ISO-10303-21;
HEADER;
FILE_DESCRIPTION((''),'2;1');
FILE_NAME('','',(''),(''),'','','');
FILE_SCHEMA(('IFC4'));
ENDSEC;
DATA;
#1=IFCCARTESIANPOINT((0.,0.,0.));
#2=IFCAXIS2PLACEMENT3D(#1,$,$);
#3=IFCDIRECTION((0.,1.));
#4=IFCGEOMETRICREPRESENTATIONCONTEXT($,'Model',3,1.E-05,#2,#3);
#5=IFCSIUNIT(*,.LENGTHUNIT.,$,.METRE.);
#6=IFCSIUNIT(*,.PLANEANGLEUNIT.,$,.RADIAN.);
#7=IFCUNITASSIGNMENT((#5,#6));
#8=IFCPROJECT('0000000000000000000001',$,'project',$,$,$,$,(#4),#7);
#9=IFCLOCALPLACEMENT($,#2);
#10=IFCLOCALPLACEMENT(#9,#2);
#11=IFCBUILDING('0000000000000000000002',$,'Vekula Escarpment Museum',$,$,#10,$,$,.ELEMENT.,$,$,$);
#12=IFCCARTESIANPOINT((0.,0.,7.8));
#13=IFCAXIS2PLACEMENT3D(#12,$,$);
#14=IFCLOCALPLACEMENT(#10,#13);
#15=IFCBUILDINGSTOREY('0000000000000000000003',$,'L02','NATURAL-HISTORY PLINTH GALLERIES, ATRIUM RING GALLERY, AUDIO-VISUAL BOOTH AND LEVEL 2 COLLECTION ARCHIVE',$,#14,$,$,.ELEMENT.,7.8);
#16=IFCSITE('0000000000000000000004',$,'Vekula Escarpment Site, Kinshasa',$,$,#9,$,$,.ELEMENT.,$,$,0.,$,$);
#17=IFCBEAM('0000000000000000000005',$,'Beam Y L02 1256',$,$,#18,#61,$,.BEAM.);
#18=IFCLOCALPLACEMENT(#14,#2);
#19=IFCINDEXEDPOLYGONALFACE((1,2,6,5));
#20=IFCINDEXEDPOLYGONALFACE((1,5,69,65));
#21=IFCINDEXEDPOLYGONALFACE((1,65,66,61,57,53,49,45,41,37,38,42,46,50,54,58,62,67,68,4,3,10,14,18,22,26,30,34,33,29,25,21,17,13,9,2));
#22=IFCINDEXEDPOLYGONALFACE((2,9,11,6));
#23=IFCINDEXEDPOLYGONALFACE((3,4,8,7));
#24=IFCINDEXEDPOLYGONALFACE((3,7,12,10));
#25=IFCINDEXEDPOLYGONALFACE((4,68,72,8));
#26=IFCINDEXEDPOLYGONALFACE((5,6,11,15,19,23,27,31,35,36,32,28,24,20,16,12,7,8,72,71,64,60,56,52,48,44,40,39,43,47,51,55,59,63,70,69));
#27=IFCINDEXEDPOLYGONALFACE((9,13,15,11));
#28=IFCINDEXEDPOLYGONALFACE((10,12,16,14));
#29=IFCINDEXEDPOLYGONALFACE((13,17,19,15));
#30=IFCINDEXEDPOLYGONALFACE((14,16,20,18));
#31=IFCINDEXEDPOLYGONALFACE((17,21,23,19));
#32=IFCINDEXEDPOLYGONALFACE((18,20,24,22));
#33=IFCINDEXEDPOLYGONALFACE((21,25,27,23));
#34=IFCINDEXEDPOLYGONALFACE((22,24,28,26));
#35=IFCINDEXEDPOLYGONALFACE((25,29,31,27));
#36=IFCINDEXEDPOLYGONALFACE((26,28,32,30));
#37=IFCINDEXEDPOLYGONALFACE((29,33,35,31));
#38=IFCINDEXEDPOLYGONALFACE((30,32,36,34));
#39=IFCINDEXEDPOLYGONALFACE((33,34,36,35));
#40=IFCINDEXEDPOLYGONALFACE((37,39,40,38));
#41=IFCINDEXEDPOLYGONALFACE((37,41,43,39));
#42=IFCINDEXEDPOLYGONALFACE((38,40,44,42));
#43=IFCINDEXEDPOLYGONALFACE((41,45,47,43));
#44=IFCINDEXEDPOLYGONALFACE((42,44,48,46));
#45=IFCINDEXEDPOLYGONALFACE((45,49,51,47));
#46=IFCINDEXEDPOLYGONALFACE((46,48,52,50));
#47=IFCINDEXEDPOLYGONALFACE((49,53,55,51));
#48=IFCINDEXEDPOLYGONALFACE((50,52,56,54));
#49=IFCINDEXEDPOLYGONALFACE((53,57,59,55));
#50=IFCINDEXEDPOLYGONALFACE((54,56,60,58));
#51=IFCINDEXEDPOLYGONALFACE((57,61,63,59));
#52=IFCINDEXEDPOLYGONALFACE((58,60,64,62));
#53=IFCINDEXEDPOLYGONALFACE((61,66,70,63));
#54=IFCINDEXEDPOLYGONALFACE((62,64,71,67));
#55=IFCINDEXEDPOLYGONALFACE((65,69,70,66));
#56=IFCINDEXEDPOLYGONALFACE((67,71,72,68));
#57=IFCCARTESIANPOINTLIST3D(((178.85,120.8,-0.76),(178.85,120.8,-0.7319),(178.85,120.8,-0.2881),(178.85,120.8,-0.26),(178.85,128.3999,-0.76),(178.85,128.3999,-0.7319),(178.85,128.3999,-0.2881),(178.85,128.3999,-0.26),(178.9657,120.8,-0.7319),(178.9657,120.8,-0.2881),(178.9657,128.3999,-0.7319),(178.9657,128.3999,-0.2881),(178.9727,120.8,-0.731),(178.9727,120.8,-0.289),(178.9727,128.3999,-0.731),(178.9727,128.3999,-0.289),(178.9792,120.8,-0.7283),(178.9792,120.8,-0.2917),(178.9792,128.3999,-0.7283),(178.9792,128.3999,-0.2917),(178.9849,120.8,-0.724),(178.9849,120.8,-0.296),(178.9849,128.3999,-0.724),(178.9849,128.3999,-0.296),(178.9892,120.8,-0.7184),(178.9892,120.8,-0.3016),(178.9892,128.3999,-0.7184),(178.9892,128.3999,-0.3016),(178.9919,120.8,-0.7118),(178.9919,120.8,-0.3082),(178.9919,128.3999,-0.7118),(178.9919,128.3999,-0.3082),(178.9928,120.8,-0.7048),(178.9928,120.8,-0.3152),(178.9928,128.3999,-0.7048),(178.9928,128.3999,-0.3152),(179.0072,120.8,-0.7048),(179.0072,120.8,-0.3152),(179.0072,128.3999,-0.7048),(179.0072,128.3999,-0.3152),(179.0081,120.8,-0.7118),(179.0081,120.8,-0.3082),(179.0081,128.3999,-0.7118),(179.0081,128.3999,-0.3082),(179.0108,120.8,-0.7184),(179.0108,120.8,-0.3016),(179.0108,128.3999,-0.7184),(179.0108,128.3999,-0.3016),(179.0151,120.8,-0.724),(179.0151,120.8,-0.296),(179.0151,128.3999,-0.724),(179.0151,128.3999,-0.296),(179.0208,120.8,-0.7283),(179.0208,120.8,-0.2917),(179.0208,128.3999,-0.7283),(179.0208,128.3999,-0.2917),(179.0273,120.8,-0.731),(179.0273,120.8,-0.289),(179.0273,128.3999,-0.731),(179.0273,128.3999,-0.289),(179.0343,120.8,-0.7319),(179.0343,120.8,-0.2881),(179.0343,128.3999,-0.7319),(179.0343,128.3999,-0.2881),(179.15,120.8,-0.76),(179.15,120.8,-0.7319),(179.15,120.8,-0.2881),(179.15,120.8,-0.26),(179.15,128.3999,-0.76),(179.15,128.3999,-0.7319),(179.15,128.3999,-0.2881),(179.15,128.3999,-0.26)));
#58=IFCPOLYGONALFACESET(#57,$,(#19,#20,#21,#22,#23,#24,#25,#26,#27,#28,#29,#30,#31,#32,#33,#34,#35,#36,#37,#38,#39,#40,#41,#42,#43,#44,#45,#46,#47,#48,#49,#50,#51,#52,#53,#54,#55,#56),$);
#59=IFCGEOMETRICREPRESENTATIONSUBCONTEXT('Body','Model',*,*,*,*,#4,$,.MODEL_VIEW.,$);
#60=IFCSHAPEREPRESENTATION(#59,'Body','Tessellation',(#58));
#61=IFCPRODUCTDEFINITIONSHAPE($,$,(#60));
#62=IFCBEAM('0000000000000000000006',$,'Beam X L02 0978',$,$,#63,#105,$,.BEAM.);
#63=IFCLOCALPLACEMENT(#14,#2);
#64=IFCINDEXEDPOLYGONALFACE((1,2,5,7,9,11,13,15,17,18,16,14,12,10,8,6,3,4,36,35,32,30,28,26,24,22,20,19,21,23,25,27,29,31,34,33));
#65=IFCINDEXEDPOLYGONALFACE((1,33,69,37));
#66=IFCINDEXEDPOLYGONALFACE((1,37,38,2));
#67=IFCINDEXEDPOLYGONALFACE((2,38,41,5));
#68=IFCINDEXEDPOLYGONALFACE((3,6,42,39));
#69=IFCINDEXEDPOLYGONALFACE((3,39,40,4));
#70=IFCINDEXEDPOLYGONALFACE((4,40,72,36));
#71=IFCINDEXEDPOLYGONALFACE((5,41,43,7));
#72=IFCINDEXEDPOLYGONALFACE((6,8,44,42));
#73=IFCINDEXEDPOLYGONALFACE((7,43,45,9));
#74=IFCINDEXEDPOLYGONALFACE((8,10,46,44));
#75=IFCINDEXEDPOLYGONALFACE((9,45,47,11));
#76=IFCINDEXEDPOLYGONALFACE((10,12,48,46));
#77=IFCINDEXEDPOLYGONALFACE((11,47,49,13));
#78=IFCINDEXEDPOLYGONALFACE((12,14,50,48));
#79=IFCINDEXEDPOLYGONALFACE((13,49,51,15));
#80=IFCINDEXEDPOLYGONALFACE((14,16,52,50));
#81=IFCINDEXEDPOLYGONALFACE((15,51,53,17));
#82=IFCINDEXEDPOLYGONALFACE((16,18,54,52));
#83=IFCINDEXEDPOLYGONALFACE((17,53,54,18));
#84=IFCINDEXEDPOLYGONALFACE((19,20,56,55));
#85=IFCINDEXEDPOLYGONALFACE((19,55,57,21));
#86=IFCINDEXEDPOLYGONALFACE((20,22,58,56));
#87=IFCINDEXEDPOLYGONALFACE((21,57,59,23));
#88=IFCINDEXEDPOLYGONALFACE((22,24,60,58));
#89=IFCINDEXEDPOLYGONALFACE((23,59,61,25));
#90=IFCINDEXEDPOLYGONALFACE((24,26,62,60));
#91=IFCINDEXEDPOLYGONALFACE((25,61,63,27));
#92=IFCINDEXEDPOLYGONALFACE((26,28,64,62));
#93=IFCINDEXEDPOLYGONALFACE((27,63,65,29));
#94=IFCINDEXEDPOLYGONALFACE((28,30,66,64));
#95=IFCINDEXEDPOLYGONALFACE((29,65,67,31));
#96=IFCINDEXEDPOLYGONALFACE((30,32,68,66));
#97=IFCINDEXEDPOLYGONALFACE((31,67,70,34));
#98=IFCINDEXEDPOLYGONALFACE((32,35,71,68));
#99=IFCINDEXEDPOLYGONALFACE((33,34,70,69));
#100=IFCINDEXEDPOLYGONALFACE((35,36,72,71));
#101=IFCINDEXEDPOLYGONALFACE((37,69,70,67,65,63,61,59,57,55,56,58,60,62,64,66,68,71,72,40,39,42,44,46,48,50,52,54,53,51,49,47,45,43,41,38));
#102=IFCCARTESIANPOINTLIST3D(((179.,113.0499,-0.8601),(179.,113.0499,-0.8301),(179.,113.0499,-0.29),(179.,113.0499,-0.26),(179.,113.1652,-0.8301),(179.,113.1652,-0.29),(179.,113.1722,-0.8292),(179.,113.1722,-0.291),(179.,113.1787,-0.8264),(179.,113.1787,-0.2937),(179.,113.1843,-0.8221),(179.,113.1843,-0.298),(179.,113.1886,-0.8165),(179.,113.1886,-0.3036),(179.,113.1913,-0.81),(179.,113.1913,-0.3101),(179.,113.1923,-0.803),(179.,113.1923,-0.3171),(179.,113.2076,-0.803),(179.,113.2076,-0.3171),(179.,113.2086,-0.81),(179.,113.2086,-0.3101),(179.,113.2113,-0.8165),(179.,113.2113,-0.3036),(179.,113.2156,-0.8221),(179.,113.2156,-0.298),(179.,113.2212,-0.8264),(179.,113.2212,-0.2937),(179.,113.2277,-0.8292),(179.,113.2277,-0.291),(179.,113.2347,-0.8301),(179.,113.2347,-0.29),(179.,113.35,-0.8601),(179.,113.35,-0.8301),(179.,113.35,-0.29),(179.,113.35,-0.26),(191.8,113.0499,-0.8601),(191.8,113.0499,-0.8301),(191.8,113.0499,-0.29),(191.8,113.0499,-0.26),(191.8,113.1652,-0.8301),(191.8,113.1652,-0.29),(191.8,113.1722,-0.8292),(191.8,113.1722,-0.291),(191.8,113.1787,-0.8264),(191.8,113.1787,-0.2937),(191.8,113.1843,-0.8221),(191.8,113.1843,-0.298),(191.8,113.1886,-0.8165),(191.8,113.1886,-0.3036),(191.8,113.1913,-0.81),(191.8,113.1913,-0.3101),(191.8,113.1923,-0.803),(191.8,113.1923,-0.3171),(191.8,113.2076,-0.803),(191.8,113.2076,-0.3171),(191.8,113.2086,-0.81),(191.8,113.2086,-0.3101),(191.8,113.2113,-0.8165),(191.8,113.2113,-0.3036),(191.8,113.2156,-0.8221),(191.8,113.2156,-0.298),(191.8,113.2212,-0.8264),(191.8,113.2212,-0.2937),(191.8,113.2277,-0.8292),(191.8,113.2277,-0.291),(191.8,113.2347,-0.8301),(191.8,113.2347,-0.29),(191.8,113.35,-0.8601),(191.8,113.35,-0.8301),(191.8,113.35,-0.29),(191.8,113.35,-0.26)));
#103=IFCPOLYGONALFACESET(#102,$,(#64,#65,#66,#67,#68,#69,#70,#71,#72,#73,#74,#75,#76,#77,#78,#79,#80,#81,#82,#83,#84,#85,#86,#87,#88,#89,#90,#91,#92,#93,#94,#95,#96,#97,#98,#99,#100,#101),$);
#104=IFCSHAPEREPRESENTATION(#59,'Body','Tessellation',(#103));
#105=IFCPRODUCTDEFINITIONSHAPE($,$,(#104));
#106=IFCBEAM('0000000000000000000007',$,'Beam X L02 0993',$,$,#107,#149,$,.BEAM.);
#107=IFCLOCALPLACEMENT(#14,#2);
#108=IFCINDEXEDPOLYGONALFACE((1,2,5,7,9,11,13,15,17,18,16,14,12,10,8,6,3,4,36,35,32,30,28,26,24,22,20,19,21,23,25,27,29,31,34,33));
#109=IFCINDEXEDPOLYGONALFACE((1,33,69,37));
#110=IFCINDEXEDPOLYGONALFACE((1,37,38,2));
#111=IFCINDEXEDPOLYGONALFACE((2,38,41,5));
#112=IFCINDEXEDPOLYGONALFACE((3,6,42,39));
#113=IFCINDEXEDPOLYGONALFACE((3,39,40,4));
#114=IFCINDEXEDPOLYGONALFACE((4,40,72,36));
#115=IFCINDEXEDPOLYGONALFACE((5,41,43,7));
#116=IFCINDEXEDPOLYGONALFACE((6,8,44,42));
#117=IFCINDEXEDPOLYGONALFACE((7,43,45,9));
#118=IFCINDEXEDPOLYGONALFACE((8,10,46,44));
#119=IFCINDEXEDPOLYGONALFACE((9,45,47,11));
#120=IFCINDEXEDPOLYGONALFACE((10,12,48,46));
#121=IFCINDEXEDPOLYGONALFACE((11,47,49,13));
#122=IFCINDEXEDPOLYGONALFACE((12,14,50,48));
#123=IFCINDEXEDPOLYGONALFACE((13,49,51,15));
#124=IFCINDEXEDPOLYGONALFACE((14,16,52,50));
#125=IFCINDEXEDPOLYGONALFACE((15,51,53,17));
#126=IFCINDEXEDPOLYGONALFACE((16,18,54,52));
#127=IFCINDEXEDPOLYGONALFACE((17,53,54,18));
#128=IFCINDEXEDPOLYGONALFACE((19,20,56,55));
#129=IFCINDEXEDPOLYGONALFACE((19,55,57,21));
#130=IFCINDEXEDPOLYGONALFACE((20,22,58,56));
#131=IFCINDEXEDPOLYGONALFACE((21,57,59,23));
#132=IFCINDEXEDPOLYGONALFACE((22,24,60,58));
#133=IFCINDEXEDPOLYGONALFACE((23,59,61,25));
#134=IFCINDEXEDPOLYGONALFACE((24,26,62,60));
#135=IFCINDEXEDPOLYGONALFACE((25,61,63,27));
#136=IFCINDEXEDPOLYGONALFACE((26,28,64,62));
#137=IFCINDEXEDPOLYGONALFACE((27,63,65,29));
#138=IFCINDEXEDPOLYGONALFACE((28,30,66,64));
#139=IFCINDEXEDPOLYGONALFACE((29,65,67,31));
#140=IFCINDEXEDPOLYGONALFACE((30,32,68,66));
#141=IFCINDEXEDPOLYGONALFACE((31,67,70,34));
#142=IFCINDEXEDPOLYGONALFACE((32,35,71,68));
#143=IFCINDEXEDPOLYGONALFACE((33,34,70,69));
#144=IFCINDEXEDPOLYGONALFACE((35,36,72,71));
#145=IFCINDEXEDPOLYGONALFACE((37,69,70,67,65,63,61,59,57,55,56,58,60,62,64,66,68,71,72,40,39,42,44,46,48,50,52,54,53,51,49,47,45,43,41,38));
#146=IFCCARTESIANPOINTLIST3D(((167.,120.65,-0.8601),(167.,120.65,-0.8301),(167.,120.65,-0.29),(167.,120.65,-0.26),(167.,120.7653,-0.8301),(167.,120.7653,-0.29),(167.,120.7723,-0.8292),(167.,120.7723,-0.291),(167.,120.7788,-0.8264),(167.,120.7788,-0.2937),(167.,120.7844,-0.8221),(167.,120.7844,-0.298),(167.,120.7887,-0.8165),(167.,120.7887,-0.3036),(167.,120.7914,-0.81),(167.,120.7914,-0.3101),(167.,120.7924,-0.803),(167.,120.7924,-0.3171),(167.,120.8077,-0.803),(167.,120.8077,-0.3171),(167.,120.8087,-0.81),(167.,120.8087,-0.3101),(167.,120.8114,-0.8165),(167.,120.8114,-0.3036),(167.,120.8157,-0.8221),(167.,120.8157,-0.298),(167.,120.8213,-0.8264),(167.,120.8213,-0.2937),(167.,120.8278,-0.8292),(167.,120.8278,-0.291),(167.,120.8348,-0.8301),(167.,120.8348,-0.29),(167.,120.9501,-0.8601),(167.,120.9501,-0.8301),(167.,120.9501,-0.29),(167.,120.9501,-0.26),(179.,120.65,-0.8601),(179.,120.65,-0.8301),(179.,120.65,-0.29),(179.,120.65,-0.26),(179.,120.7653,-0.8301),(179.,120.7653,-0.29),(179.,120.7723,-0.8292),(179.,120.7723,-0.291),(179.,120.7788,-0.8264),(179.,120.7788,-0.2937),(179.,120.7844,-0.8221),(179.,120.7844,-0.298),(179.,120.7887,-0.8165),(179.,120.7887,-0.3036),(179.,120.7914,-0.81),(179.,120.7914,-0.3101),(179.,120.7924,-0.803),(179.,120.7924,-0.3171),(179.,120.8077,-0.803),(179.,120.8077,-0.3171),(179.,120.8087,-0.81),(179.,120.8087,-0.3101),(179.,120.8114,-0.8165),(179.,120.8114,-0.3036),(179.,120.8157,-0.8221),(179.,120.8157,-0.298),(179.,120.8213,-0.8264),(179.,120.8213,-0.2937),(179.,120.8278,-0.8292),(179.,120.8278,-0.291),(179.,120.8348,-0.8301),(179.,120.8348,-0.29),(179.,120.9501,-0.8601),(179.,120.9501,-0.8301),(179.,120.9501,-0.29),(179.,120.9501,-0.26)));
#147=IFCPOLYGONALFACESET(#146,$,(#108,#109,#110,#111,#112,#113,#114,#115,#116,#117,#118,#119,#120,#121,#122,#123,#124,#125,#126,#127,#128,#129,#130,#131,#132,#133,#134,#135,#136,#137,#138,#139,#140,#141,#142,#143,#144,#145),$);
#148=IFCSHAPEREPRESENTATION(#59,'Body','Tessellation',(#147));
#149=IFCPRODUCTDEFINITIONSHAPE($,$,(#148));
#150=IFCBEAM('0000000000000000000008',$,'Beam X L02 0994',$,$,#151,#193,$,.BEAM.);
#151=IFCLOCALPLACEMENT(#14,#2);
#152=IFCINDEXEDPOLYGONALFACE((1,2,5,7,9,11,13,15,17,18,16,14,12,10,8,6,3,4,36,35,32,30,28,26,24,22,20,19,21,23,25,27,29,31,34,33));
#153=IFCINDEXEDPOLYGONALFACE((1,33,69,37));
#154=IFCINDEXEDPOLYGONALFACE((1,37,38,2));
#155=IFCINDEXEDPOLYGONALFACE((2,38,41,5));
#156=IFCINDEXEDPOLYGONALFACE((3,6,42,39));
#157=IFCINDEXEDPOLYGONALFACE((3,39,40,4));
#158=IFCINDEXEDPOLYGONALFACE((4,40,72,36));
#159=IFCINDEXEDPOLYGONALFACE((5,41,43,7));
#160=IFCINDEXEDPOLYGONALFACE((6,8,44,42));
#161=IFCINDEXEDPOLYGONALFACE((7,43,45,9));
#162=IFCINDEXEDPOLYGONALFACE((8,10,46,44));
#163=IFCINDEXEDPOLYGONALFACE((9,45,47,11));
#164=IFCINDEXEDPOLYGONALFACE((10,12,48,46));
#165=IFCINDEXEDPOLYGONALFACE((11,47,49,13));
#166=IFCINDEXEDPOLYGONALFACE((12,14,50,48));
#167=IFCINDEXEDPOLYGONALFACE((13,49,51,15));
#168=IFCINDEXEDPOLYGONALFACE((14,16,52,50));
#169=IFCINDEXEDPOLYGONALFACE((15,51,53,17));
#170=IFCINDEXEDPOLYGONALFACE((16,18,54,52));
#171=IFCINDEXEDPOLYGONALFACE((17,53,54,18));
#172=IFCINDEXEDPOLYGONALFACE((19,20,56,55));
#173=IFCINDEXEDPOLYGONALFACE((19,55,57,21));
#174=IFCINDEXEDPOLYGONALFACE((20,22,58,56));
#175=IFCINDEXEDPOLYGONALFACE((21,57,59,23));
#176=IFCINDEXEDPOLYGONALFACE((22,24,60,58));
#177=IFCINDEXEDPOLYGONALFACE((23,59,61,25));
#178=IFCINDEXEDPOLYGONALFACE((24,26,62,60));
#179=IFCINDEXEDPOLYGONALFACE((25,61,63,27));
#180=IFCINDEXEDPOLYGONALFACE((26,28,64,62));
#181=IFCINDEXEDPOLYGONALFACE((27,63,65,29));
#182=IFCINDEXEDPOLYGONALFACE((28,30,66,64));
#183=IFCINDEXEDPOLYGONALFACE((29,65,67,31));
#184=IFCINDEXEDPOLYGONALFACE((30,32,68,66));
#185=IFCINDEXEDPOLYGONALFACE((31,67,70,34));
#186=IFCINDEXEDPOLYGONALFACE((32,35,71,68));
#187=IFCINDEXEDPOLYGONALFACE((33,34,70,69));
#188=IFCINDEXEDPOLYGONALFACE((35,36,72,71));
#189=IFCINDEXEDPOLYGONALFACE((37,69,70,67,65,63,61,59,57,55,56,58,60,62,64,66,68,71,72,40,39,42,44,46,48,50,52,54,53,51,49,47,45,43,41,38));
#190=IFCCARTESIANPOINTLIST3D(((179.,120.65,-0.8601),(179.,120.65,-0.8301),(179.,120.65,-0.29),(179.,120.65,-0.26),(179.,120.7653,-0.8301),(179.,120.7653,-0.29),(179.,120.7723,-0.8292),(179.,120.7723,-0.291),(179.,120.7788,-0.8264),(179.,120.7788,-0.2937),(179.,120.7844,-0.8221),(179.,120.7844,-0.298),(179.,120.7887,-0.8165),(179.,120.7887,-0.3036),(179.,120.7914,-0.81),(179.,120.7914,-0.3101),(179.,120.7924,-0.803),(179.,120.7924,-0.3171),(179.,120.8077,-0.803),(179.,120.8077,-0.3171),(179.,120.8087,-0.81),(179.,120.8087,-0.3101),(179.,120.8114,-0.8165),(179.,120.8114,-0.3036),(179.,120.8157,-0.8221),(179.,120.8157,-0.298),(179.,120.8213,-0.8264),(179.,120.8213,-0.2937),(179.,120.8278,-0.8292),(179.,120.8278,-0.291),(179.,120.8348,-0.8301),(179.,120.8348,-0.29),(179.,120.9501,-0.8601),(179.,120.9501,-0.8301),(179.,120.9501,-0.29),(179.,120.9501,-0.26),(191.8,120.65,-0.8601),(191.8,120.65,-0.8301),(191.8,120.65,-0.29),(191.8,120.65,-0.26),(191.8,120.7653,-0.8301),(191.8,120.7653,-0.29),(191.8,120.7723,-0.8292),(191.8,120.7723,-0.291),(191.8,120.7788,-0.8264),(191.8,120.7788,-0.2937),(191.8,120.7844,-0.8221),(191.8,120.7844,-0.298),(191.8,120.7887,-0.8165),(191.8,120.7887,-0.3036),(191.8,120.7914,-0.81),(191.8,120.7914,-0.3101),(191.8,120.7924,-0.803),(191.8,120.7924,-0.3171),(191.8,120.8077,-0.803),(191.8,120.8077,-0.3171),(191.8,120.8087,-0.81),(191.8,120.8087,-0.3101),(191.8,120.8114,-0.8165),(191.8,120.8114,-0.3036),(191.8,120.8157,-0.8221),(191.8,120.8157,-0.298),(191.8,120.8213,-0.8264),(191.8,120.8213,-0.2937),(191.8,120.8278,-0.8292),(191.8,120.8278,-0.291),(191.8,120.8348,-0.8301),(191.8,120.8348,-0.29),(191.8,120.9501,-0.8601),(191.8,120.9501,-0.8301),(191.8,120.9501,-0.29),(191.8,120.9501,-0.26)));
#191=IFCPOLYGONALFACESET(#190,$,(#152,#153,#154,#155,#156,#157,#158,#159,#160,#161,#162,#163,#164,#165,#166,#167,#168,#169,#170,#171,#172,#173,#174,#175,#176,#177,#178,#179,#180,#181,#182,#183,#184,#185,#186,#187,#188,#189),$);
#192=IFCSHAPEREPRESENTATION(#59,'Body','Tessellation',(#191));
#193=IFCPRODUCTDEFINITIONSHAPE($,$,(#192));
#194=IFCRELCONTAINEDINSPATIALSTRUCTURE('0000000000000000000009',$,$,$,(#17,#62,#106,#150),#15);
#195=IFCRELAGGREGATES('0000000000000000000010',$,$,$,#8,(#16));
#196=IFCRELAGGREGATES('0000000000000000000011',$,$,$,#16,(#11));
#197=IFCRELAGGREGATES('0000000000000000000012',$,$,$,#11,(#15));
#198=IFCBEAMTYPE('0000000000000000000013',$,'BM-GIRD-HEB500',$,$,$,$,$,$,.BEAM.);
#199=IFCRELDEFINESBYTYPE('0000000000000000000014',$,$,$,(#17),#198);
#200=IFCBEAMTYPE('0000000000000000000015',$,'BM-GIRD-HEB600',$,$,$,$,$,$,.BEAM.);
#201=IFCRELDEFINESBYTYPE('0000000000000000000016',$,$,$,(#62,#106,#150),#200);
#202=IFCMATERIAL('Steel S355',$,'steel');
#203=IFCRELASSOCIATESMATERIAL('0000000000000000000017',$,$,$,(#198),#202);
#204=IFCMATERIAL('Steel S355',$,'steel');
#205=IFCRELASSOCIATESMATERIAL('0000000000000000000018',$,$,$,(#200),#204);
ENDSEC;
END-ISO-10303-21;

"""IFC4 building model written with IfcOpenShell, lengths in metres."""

from ifc_helpers import new_model, si_unit, direction, frame, origin, origin_2d, place, context, subcontext, project, spatial, i_section, extrude, material, material_profile, profile_set, type_object, element, save


model = new_model("IFC4")

# Units and contexts
model_context = context("Model", 3, precision=1e-05, world=origin(), true_north=direction((0.0, 1.0)))
body_context = subcontext(model_context, "Body", "Model", "MODEL_VIEW")
ifc_project = project(units=[si_unit("LENGTHUNIT", "METRE"), si_unit("PLANEANGLEUNIT", "RADIAN")], contexts=[model_context])

# Site, building, storey
site_placement = place(None, origin())
site = spatial("IfcSite", under=ifc_project, at=site_placement, Name="Vekula Escarpment Site, Kinshasa", CompositionType="ELEMENT", RefElevation=0.0)
building_placement = place(site_placement, origin())
building = spatial("IfcBuilding", under=site, at=building_placement, Name="Vekula Escarpment Museum", CompositionType="ELEMENT")
storey_placement = place(building_placement, frame((0.0, 0.0, 7.8)))
storey = spatial("IfcBuildingStorey", under=building, at=storey_placement, Name="L02", Description="NATURAL-HISTORY PLINTH GALLERIES, ATRIUM RING GALLERY, AUDIO-VISUAL BOOTH AND LEVEL 2 COLLECTION ARCHIVE", CompositionType="ELEMENT", Elevation=7.8)

# Beams
ifc_material_1 = material(Name="Steel S355", Category="steel")
ifc_material_profile_1 = material_profile(ifc_material_1, i_section(OverallWidth=0.3, OverallDepth=0.5, WebThickness=0.0144, FlangeThickness=0.0281, FilletRadius=0.0271, at=origin_2d()), Name="HEB 500")
ifc_profile_set_1 = profile_set([ifc_material_profile_1], Name="Steel S355")
beam_type_1 = type_object("IfcBeamType", Name="BM-GIRD-HEB500", PredefinedType="BEAM", material=ifc_profile_set_1)
beam_1_placement = place(storey_placement, frame((179.0, 120.8, -0.51), z_axis=(0.0, 1.0, 0.0), x_axis=(-1.0, 0.0, 0.0)))
element("IfcBeam", 1, at=beam_1_placement, inside=storey, type_object=beam_type_1, Name="Beam Y L02 1256", PredefinedType="BEAM", context=body_context, shape_type="SweptSolid", body=[
    extrude(i_section(OverallWidth=0.3, OverallDepth=0.5, WebThickness=0.0144, FlangeThickness=0.0281, FilletRadius=0.0271, at=origin_2d()), origin(), (0.0, 0.0, 1.0), 7.5999),
])
ifc_material_2 = material(Name="Steel S355", Category="steel")
ifc_material_profile_2 = material_profile(ifc_material_2, i_section(OverallWidth=0.3, OverallDepth=0.6001, WebThickness=0.0154, FlangeThickness=0.03, FilletRadius=0.0271, at=origin_2d()), Name="HEB 600")
ifc_profile_set_2 = profile_set([ifc_material_profile_2], Name="Steel S355")
beam_type_2 = type_object("IfcBeamType", Name="BM-GIRD-HEB600", PredefinedType="BEAM", material=ifc_profile_set_2)
beam_2_placement = place(storey_placement, frame((179.0, 113.2, -0.5601), z_axis=(1.0, 0.0, 0.0), x_axis=(0.0, 1.0, 0.0)))
element("IfcBeam", 2, at=beam_2_placement, inside=storey, type_object=beam_type_2, Name="Beam X L02 0978", PredefinedType="BEAM", context=body_context, shape_type="SweptSolid", body=[
    extrude(i_section(OverallWidth=0.3, OverallDepth=0.6001, WebThickness=0.0154, FlangeThickness=0.03, FilletRadius=0.0271, at=origin_2d()), origin(), (0.0, 0.0, 1.0), 12.8),
])
beam_3_placement = place(storey_placement, frame((167.0, 120.8, -0.5601), z_axis=(1.0, 0.0, 0.0), x_axis=(0.0, 1.0, 0.0)))
element("IfcBeam", 3, at=beam_3_placement, inside=storey, type_object=beam_type_2, Name="Beam X L02 0993", PredefinedType="BEAM", context=body_context, shape_type="SweptSolid", body=[
    extrude(i_section(OverallWidth=0.3, OverallDepth=0.6001, WebThickness=0.0154, FlangeThickness=0.03, FilletRadius=0.0271, at=origin_2d()), origin(), (0.0, 0.0, 1.0), 12.0),
])
beam_4_placement = place(storey_placement, frame((179.0, 120.8, -0.5601), z_axis=(1.0, 0.0, 0.0), x_axis=(0.0, 1.0, 0.0)))
element("IfcBeam", 4, at=beam_4_placement, inside=storey, type_object=beam_type_2, Name="Beam X L02 0994", PredefinedType="BEAM", context=body_context, shape_type="SweptSolid", body=[
    extrude(i_section(OverallWidth=0.3, OverallDepth=0.6001, WebThickness=0.0154, FlangeThickness=0.03, FilletRadius=0.0271, at=origin_2d()), origin(), (0.0, 0.0, 1.0), 12.8),
])

save(model, "model.ifc")
